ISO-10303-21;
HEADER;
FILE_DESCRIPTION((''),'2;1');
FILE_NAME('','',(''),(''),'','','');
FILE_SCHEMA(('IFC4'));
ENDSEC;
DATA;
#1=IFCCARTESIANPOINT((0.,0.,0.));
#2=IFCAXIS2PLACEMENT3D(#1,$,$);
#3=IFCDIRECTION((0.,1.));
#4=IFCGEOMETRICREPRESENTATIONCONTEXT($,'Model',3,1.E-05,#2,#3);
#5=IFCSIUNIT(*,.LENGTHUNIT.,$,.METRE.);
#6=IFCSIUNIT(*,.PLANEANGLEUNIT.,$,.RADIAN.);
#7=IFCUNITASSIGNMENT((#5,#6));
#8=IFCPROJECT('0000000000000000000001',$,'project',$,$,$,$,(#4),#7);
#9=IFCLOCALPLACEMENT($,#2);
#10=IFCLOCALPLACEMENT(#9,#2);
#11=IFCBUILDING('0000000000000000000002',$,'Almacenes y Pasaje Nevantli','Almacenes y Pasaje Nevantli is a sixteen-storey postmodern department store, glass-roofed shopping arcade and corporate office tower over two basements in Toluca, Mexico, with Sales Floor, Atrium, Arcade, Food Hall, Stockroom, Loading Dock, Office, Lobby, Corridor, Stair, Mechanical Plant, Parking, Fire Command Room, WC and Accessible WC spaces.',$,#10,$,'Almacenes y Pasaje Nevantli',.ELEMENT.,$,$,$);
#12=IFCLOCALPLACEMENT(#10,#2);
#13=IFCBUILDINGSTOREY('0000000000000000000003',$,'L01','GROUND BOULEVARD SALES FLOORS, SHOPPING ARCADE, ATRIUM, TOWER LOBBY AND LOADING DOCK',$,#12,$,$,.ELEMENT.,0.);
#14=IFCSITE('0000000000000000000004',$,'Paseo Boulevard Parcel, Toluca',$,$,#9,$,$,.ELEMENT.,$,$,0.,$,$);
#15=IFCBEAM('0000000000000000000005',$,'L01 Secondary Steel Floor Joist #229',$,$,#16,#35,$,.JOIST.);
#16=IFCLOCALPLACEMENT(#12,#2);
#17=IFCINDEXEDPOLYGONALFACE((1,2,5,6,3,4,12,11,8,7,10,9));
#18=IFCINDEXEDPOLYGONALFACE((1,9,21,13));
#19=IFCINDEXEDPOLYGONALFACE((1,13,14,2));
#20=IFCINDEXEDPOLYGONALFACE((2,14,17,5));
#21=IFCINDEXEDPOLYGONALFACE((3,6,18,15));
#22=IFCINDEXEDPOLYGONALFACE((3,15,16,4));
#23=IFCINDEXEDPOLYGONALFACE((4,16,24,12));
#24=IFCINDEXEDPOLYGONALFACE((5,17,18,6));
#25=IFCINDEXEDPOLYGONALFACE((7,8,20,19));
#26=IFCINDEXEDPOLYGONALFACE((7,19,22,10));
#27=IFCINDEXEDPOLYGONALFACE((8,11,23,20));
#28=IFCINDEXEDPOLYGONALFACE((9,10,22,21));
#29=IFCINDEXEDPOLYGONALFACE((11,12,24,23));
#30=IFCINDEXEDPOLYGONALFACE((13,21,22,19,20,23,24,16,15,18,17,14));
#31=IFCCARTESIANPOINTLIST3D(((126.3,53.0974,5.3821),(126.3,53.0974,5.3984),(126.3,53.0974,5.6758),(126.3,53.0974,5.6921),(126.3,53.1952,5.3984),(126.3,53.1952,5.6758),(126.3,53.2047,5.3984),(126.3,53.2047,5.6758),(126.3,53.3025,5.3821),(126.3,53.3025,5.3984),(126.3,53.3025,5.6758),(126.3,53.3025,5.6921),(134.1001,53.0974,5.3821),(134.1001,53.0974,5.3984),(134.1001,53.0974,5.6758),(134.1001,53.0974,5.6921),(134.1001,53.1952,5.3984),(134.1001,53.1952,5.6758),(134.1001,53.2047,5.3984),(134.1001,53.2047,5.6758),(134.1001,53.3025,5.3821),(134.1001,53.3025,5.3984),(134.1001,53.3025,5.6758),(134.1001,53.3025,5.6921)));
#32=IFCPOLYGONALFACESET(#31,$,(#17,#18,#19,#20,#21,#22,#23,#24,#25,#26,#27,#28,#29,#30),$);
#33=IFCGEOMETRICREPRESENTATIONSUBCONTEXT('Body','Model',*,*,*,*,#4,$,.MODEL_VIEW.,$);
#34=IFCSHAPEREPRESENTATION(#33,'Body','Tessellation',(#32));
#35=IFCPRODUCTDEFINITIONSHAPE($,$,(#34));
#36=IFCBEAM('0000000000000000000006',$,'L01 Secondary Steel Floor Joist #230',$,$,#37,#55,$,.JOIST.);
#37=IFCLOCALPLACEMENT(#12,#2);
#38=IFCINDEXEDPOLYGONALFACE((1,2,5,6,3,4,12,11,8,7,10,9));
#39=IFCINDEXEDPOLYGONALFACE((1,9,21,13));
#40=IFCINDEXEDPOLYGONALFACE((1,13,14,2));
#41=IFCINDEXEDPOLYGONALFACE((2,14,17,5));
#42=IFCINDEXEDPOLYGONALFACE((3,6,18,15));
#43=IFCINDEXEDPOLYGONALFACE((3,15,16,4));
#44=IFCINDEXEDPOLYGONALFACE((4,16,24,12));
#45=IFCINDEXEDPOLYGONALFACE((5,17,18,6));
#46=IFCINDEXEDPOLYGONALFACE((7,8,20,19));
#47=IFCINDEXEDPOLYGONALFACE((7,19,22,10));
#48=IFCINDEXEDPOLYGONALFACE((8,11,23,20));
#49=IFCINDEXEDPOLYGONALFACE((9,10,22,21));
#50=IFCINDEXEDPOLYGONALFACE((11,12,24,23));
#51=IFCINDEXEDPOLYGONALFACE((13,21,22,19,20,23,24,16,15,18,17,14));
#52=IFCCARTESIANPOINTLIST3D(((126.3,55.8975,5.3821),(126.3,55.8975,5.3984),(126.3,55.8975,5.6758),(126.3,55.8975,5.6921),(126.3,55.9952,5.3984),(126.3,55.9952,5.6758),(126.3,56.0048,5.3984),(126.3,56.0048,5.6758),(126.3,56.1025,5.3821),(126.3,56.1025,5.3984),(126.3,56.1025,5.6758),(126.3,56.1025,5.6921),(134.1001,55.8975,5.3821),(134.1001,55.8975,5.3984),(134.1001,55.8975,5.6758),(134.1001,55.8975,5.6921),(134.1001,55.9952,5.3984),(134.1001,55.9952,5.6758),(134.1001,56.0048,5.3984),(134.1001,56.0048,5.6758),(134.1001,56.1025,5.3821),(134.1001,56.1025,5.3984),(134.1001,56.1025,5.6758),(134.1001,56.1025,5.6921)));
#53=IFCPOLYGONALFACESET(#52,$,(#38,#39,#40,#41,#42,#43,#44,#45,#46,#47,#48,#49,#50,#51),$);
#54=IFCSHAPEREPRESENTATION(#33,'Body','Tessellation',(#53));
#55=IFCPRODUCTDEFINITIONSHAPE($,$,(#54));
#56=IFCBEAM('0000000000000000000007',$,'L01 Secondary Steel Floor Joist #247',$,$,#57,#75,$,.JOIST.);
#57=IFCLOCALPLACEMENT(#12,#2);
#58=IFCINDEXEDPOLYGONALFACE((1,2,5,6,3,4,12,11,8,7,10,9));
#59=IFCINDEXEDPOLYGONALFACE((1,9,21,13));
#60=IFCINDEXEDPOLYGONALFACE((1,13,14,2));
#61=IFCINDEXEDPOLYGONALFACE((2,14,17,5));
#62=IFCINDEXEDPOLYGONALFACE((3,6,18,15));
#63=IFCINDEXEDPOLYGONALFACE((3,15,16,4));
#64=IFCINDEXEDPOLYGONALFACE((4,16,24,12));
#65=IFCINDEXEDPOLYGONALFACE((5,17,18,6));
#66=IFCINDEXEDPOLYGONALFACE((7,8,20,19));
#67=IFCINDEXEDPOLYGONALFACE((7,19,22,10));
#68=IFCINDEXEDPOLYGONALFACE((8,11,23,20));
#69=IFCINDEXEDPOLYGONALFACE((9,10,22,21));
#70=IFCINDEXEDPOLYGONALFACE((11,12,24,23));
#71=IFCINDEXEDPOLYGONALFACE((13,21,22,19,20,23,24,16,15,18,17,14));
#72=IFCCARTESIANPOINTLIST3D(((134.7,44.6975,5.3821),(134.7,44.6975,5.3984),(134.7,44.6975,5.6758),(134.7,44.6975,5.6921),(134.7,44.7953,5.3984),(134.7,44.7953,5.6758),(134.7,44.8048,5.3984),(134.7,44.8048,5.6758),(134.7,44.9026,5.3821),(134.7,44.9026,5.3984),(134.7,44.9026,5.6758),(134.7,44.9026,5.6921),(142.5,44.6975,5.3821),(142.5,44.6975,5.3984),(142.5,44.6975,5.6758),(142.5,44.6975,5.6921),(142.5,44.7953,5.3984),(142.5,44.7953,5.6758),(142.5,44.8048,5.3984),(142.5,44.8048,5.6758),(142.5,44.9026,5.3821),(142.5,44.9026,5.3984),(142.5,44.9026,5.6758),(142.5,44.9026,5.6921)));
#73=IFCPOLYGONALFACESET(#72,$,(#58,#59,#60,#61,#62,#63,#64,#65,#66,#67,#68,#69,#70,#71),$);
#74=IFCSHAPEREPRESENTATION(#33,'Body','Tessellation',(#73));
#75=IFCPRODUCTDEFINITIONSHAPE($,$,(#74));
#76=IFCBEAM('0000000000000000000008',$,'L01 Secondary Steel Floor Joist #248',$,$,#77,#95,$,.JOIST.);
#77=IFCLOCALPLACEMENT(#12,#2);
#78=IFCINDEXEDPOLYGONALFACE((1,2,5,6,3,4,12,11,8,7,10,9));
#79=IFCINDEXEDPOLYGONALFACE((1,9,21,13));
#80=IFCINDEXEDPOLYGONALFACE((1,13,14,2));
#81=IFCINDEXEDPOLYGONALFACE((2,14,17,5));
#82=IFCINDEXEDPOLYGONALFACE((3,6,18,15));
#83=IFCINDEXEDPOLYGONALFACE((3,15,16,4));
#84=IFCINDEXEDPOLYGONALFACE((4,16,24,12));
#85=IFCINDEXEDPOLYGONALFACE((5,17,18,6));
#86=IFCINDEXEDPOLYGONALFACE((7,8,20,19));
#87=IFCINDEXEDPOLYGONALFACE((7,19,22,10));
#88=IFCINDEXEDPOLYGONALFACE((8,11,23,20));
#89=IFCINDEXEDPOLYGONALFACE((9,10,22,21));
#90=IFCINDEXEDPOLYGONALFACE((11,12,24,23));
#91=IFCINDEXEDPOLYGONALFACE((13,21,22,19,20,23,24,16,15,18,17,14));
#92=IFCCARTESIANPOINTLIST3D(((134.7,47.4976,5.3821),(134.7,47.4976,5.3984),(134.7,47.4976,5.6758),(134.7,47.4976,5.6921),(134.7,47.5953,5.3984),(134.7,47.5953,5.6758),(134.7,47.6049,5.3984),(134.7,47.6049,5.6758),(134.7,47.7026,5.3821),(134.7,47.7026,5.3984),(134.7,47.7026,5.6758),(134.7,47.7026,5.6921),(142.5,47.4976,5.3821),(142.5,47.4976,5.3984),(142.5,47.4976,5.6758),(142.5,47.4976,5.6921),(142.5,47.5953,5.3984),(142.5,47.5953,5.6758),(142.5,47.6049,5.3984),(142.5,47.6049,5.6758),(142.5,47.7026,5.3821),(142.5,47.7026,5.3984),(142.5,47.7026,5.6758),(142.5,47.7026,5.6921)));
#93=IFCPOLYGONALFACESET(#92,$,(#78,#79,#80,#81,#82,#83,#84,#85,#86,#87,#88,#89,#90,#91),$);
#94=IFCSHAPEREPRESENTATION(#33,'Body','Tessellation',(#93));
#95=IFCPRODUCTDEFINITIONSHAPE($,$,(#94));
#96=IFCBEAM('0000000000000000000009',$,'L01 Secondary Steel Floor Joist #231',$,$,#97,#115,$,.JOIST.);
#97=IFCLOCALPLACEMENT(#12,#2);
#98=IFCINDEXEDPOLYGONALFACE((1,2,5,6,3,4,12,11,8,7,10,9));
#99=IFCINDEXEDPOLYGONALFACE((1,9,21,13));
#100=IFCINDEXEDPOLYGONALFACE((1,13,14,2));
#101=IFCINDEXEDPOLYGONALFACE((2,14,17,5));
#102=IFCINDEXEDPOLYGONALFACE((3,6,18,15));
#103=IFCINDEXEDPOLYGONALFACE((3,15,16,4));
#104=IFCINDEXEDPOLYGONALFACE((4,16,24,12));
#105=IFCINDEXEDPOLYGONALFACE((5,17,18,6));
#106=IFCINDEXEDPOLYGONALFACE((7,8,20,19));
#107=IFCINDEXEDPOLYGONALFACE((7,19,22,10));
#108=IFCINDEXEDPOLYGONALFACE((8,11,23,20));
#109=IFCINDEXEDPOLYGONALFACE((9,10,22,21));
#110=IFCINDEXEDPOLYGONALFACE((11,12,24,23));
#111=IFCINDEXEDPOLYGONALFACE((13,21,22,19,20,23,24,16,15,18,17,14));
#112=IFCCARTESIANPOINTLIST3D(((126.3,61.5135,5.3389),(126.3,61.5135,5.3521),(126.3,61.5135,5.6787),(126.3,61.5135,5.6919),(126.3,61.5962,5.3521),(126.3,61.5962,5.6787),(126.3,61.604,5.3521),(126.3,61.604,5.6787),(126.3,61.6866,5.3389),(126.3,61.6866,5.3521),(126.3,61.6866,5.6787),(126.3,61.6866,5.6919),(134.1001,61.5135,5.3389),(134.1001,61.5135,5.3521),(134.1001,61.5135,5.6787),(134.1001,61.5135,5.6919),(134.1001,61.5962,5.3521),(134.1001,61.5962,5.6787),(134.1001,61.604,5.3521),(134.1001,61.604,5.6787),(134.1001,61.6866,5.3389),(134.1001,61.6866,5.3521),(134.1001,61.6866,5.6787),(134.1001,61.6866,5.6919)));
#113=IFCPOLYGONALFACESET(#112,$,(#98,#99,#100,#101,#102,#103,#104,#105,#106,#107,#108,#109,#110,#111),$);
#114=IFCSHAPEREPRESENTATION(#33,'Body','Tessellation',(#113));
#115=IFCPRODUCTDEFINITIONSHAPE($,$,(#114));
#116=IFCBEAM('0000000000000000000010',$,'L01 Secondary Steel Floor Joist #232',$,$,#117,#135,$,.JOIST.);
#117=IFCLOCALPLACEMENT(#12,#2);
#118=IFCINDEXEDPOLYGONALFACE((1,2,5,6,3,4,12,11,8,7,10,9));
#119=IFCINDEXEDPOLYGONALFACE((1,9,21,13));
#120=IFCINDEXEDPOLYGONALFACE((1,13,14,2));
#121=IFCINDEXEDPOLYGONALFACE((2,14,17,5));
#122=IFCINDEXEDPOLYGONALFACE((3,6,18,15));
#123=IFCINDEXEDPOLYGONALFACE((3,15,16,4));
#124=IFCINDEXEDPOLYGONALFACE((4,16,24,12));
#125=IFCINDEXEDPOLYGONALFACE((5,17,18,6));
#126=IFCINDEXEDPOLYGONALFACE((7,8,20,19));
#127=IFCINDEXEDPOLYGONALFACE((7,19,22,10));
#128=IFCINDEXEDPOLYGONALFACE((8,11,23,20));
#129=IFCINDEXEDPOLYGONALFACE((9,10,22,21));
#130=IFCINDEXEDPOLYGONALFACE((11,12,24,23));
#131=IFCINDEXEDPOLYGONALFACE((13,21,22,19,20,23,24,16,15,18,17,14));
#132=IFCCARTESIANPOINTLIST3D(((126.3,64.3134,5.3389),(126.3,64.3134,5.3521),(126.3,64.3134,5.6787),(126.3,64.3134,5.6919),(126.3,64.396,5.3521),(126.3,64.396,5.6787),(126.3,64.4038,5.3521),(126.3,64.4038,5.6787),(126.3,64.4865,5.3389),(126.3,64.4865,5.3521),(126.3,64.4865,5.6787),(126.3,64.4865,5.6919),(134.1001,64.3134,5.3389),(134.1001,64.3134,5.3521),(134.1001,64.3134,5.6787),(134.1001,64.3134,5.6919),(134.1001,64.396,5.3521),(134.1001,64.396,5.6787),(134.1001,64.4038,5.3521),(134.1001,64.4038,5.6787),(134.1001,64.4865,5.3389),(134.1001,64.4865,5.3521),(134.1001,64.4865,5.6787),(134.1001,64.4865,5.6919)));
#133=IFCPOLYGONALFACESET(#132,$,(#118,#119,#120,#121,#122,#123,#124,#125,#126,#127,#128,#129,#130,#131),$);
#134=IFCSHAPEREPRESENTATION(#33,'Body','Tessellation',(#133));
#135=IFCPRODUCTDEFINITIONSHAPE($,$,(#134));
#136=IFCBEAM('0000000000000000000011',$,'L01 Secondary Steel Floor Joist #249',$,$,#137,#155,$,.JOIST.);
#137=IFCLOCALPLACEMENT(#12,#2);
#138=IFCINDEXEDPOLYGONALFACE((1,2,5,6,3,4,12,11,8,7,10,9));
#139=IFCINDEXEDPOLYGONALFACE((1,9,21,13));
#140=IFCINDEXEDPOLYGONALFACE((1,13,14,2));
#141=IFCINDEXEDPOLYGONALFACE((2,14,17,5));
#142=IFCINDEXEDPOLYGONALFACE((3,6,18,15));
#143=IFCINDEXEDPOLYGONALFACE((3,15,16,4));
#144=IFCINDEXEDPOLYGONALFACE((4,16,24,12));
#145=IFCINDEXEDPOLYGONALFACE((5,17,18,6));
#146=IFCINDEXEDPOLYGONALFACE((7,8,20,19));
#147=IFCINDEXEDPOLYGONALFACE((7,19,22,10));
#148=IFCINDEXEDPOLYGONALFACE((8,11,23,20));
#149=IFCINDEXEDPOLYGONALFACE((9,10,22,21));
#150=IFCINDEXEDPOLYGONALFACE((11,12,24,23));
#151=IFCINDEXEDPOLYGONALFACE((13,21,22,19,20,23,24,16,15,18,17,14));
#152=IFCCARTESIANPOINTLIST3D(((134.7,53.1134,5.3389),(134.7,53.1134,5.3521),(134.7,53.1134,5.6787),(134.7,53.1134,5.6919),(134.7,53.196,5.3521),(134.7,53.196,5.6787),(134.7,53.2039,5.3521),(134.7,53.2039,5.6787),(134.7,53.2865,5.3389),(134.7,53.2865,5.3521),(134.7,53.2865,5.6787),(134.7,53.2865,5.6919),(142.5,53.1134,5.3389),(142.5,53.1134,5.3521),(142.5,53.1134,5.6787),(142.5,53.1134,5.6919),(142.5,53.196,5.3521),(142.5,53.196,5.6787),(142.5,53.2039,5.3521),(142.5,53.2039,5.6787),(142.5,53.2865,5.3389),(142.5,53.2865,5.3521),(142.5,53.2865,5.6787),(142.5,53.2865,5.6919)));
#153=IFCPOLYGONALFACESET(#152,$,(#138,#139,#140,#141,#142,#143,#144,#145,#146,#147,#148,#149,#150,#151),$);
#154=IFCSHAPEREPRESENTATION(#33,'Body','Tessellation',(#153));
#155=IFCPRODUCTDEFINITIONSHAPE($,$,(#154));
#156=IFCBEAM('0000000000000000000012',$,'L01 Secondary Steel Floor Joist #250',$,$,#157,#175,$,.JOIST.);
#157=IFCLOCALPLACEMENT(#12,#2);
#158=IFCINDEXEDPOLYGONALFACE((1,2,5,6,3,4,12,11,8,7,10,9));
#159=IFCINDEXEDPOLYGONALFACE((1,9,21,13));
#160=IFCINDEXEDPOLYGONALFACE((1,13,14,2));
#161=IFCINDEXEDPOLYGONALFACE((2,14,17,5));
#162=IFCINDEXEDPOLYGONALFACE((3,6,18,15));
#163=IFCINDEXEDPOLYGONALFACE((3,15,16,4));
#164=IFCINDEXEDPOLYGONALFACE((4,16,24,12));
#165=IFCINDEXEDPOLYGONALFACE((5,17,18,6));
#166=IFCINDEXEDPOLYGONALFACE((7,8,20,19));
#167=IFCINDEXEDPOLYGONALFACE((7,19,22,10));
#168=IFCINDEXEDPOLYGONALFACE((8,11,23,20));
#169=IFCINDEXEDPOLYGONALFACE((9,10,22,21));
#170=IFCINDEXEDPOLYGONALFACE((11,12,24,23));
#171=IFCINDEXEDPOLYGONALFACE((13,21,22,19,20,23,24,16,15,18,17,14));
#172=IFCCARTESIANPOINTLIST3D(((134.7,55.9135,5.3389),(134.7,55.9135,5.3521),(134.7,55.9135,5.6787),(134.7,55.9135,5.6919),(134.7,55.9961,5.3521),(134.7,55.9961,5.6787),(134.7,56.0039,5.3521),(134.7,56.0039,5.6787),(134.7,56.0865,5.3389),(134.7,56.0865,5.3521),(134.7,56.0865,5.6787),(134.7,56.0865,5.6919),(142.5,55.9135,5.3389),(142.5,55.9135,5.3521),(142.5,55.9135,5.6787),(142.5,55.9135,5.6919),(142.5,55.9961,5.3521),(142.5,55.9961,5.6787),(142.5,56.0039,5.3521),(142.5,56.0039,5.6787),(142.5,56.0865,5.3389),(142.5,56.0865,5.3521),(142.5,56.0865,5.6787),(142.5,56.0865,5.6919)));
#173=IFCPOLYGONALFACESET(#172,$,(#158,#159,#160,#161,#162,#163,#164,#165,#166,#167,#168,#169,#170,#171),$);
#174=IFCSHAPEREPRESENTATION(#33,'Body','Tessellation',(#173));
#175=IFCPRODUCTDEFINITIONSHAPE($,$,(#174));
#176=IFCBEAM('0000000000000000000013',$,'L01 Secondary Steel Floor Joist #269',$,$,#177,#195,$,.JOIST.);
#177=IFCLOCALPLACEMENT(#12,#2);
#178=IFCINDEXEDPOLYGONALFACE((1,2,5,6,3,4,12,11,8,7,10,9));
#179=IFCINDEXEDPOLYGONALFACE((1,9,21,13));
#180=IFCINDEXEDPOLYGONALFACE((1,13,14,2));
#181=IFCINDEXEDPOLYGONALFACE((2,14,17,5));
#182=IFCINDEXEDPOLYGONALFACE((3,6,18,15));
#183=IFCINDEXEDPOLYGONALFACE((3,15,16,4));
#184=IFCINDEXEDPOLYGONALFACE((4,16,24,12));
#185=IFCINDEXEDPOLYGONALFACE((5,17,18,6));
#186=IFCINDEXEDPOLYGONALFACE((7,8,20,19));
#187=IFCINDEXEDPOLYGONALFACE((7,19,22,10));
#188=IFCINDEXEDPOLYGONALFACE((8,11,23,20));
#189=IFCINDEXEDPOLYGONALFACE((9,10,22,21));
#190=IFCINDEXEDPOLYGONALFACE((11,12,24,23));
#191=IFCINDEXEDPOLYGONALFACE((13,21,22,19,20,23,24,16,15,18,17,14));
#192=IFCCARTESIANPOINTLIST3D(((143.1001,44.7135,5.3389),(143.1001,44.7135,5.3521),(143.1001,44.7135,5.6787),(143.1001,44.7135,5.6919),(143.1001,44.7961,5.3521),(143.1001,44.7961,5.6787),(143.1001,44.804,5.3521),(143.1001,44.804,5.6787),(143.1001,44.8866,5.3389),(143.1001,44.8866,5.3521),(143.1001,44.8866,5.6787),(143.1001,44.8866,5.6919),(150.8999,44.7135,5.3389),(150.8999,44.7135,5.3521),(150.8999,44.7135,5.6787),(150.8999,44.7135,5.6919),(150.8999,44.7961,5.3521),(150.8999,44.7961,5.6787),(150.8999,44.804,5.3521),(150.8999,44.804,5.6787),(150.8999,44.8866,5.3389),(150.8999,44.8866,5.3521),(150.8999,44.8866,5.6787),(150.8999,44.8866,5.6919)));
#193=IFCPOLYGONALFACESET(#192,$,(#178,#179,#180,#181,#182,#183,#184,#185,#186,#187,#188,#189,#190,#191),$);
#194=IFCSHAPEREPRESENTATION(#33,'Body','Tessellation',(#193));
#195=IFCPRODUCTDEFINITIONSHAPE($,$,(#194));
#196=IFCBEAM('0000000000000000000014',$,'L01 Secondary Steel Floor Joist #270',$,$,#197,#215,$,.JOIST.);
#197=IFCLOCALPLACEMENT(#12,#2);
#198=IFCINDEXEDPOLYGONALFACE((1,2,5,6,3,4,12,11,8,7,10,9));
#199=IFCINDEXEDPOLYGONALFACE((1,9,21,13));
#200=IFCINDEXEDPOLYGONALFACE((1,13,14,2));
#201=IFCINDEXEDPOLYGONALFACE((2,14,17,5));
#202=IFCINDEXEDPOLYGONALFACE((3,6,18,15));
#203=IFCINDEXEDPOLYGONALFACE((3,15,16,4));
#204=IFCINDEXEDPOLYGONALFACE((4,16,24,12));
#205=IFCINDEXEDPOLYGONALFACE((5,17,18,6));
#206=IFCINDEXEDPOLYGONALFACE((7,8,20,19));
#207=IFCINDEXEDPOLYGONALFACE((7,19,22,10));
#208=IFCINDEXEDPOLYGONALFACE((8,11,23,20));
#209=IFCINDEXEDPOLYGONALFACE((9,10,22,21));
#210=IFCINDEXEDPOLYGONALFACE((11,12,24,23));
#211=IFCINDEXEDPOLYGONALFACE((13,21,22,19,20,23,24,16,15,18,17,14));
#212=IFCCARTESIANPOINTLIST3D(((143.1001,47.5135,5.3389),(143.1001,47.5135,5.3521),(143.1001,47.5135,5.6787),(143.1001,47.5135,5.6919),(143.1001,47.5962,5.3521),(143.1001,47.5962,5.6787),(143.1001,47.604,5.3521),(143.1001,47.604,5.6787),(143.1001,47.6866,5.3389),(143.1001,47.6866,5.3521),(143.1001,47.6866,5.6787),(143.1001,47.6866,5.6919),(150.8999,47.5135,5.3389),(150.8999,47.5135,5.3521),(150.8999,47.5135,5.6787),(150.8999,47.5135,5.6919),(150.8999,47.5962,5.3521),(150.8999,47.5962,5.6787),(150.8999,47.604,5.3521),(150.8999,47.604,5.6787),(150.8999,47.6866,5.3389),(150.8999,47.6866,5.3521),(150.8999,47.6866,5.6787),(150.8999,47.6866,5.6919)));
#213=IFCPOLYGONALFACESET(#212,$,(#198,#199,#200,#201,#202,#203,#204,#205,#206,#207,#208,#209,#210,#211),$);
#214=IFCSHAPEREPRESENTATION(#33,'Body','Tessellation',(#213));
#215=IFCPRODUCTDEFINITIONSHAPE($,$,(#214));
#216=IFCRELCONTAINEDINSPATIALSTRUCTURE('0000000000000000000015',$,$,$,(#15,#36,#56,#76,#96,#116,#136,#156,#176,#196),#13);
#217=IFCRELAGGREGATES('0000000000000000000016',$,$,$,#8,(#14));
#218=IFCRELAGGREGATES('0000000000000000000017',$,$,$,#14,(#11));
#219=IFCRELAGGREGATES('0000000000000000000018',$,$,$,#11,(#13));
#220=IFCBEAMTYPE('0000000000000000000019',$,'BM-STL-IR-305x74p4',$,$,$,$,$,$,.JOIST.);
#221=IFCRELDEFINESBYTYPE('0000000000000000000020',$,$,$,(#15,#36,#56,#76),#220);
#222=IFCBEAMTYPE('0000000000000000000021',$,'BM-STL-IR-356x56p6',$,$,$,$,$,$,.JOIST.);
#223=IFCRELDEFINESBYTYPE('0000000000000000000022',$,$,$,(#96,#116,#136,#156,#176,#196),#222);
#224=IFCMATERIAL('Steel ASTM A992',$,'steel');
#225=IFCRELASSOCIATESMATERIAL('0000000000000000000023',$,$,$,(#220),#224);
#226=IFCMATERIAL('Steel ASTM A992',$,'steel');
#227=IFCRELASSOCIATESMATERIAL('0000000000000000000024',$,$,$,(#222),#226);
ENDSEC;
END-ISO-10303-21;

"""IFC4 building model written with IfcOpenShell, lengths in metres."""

from ifc_helpers import new_model, si_unit, direction, frame, origin, origin_2d, place, context, subcontext, project, spatial, i_section, extrude, material, material_profile, profile_set, type_object, element, save


model = new_model("IFC4")

# Units and contexts
model_context = context("Model", 3, precision=1e-05, world=origin(), true_north=direction((0.0, 1.0)))
body_context = subcontext(model_context, "Body", "Model", "MODEL_VIEW")
ifc_project = project(units=[si_unit("LENGTHUNIT", "METRE"), si_unit("PLANEANGLEUNIT", "RADIAN")], contexts=[model_context])

# Site, building, storey
site_placement = place(None, origin())
site = spatial("IfcSite", under=ifc_project, at=site_placement, Name="Paseo Boulevard Parcel, Toluca", CompositionType="ELEMENT", RefElevation=0.0)
building_placement = place(site_placement, origin())
building = spatial("IfcBuilding", under=site, at=building_placement, Name="Almacenes y Pasaje Nevantli", Description="Almacenes y Pasaje Nevantli is a sixteen-storey postmodern department store, glass-roofed shopping arcade and corporate office tower over two basements in Toluca, Mexico, with Sales Floor, Atrium, Arcade, Food Hall, Stockroom, Loading Dock, Office, Lobby, Corridor, Stair, Mechanical Plant, Parking, Fire Command Room, WC and Accessible WC spaces.", LongName="Almacenes y Pasaje Nevantli", CompositionType="ELEMENT")
storey_placement = place(building_placement, origin())
storey = spatial("IfcBuildingStorey", under=building, at=storey_placement, Name="L01", Description="GROUND BOULEVARD SALES FLOORS, SHOPPING ARCADE, ATRIUM, TOWER LOBBY AND LOADING DOCK", CompositionType="ELEMENT", Elevation=0.0)

# Beams
ifc_material_1 = material(Name="Steel ASTM A992", Category="steel")
ifc_material_profile_1 = material_profile(ifc_material_1, i_section(OverallWidth=0.2051, OverallDepth=0.3101, WebThickness=0.0095, FlangeThickness=0.0164, at=origin_2d()), Name="IR 305x74.4")
ifc_profile_set_1 = profile_set([ifc_material_profile_1], Name="Steel ASTM A992")
beam_type_1 = type_object("IfcBeamType", Name="BM-STL-IR-305x74p4", PredefinedType="JOIST", material=ifc_profile_set_1)
for number, where, z_axis, x_axis, name in (
    (1, (126.3, 53.2, 5.5371), (1.0, 0.0, 0.0), (0.0, 1.0, 0.0), "L01 Secondary Steel Floor Joist #229"),
    (2, (126.3, 56.0, 5.5371), (1.0, 0.0, 0.0), (0.0, 1.0, 0.0), "L01 Secondary Steel Floor Joist #230"),
    (3, (134.7, 44.8, 5.5371), (1.0, 0.0, 0.0), (0.0, 1.0, 0.0), "L01 Secondary Steel Floor Joist #247"),
    (4, (134.7, 47.6001, 5.5371), (1.0, 0.0, 0.0), (0.0, 1.0, 0.0), "L01 Secondary Steel Floor Joist #248"),
):
    element("IfcBeam", number, at=place(storey_placement, frame(where, z_axis=z_axis, x_axis=x_axis)), inside=storey, type_object=beam_type_1, Name=name, PredefinedType="JOIST", context=body_context, shape_type="SweptSolid", body=[
        extrude(i_section(OverallWidth=0.2051, OverallDepth=0.3101, WebThickness=0.0095, FlangeThickness=0.0164, at=origin_2d()), origin(), (0.0, 0.0, 1.0), 7.8),
    ])
ifc_material_2 = material(Name="Steel ASTM A992", Category="steel")
ifc_material_profile_2 = material_profile(ifc_material_2, i_section(OverallWidth=0.1731, OverallDepth=0.353, WebThickness=0.0078, FlangeThickness=0.0132, at=origin_2d()), Name="IR 356x56.6")
ifc_profile_set_2 = profile_set([ifc_material_profile_2], Name="Steel ASTM A992")
beam_type_2 = type_object("IfcBeamType", Name="BM-STL-IR-356x56p6", PredefinedType="JOIST", material=ifc_profile_set_2)
for number, where, z_axis, x_axis, name in (
    (5, (126.3, 61.6001, 5.5154), (1.0, 0.0, 0.0), (0.0, 1.0, 0.0), "L01 Secondary Steel Floor Joist #231"),
    (6, (126.3, 64.3999, 5.5154), (1.0, 0.0, 0.0), (0.0, 1.0, 0.0), "L01 Secondary Steel Floor Joist #232"),
    (7, (134.7, 53.2, 5.5154), (1.0, 0.0, 0.0), (0.0, 1.0, 0.0), "L01 Secondary Steel Floor Joist #249"),
    (8, (134.7, 56.0, 5.5154), (1.0, 0.0, 0.0), (0.0, 1.0, 0.0), "L01 Secondary Steel Floor Joist #250"),
):
    element("IfcBeam", number, at=place(storey_placement, frame(where, z_axis=z_axis, x_axis=x_axis)), inside=storey, type_object=beam_type_2, Name=name, PredefinedType="JOIST", context=body_context, shape_type="SweptSolid", body=[
        extrude(i_section(OverallWidth=0.1731, OverallDepth=0.353, WebThickness=0.0078, FlangeThickness=0.0132, at=origin_2d()), origin(), (0.0, 0.0, 1.0), 7.8),
    ])
for number, where, z_axis, x_axis, name in (
    (9, (143.1001, 44.8, 5.5154), (1.0, 0.0, 0.0), (0.0, 1.0, 0.0), "L01 Secondary Steel Floor Joist #269"),
    (10, (143.1001, 47.6001, 5.5154), (1.0, 0.0, 0.0), (0.0, 1.0, 0.0), "L01 Secondary Steel Floor Joist #270"),
):
    element("IfcBeam", number, at=place(storey_placement, frame(where, z_axis=z_axis, x_axis=x_axis)), inside=storey, type_object=beam_type_2, Name=name, PredefinedType="JOIST", context=body_context, shape_type="SweptSolid", body=[
        extrude(i_section(OverallWidth=0.1731, OverallDepth=0.353, WebThickness=0.0078, FlangeThickness=0.0132, at=origin_2d()), origin(), (0.0, 0.0, 1.0), 7.7998),
    ])

save(model, "model.ifc")
